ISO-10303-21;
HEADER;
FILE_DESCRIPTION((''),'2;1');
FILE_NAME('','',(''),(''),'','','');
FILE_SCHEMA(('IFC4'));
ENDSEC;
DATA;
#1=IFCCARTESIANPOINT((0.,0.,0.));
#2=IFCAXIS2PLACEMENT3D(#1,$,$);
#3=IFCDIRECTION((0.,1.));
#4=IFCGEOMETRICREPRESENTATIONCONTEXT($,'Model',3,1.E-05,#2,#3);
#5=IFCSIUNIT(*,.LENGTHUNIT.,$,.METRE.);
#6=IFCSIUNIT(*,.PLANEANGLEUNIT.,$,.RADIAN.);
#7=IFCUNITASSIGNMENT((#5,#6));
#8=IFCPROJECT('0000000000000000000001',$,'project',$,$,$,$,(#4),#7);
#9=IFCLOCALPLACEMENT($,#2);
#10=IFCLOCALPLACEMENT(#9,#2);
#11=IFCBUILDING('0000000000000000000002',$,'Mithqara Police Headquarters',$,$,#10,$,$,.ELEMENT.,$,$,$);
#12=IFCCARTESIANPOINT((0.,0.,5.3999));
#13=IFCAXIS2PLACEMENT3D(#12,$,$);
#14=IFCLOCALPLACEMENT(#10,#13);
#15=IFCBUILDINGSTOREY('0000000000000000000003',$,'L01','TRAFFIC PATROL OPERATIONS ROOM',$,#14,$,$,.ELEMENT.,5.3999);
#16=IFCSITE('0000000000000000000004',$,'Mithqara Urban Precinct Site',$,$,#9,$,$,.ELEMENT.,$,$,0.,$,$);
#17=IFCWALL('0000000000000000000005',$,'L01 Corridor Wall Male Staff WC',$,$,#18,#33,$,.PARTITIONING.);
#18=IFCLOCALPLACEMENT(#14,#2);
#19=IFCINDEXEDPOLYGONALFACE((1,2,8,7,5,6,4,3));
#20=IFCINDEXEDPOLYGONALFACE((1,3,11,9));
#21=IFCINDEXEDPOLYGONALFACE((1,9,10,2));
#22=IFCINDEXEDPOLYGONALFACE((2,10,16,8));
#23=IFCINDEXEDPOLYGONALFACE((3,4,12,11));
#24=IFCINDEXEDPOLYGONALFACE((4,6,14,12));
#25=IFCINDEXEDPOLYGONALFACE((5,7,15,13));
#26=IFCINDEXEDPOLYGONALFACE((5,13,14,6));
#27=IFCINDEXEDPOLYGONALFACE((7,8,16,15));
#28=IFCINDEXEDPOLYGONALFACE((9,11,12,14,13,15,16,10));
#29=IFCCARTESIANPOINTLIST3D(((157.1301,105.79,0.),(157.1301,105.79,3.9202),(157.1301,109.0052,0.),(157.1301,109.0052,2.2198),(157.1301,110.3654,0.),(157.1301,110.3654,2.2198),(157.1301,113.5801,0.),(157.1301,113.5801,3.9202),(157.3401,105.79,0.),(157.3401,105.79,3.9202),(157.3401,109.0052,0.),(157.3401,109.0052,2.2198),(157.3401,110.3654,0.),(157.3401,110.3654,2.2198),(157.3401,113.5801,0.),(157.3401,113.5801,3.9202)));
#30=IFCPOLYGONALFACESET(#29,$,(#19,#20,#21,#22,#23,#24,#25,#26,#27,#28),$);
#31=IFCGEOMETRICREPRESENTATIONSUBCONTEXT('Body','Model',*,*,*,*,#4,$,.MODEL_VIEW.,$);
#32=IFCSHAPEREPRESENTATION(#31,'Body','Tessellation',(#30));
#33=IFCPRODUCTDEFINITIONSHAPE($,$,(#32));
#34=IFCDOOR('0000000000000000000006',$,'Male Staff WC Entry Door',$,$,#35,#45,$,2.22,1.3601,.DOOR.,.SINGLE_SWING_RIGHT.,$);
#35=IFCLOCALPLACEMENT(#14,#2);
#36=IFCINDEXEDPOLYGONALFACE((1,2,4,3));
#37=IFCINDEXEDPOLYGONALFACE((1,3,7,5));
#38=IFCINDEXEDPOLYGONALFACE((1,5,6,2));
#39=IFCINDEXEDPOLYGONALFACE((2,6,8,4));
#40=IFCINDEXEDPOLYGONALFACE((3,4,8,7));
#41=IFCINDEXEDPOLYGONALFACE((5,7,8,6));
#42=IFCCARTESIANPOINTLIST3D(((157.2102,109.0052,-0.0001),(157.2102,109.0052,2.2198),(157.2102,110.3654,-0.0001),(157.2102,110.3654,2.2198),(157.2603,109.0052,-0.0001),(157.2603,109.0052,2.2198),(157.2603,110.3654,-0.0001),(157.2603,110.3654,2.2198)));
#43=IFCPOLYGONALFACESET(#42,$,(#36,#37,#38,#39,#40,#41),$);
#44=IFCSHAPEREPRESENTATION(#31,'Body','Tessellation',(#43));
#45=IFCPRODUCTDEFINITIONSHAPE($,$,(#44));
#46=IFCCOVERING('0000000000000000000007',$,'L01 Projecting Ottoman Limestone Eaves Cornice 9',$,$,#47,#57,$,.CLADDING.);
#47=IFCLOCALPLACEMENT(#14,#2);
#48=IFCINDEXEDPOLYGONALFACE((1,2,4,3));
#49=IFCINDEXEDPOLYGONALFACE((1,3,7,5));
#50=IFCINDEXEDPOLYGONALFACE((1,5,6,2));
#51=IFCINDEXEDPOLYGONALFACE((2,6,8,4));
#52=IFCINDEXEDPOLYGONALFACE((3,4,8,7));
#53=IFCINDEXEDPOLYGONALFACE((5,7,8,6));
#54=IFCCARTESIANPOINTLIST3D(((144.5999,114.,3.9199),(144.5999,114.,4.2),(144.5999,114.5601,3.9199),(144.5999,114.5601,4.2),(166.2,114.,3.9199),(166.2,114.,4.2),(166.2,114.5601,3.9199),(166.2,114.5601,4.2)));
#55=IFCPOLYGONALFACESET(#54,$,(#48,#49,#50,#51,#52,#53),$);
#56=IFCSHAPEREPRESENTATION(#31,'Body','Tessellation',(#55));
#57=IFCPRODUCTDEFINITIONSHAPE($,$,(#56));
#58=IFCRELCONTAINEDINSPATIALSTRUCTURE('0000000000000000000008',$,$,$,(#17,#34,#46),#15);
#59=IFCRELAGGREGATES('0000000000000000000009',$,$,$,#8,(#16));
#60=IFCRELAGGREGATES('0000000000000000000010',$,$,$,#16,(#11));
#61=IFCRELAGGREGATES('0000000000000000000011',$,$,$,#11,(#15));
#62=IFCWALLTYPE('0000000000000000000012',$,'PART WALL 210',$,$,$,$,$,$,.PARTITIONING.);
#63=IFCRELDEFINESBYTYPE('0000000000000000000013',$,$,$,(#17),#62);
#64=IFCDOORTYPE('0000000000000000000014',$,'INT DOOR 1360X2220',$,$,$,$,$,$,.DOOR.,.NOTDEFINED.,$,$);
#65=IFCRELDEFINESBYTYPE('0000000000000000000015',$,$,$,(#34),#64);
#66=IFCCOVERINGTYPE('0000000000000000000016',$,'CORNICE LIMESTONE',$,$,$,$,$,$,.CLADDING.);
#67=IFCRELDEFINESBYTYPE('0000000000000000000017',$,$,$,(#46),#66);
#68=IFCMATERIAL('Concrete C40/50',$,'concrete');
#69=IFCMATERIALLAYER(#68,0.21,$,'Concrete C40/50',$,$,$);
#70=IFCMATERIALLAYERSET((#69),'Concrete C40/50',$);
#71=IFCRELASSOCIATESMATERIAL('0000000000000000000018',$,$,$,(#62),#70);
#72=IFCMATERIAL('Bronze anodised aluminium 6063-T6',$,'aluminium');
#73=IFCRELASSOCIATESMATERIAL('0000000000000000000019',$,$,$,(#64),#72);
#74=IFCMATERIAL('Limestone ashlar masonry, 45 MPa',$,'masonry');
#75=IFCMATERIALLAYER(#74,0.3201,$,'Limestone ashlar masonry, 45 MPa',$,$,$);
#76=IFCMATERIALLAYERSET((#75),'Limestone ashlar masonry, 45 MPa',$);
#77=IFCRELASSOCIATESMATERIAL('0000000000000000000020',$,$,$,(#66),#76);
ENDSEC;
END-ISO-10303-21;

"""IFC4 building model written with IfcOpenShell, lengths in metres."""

from ifc_helpers import new_model, si_unit, direction, frame, frame_2d, origin, origin_2d, place, context, subcontext, project, spatial, rectangle, extrude, material, layer, layer_set, type_object, element, fill, save


model = new_model("IFC4")

# Units and contexts
model_context = context("Model", 3, precision=1e-05, world=origin(), true_north=direction((0.0, 1.0)))
body_context = subcontext(model_context, "Body", "Model", "MODEL_VIEW")
ifc_project = project(units=[si_unit("LENGTHUNIT", "METRE"), si_unit("PLANEANGLEUNIT", "RADIAN")], contexts=[model_context])

# Site, building, storey
site_placement = place(None, origin())
site = spatial("IfcSite", under=ifc_project, at=site_placement, Name="Mithqara Urban Precinct Site", CompositionType="ELEMENT", RefElevation=0.0)
building_placement = place(site_placement, origin())
building = spatial("IfcBuilding", under=site, at=building_placement, Name="Mithqara Police Headquarters", CompositionType="ELEMENT")
storey_placement = place(building_placement, frame((0.0, 0.0, 5.3999)))
storey = spatial("IfcBuildingStorey", under=building, at=storey_placement, Name="L01", Description="TRAFFIC PATROL OPERATIONS ROOM", CompositionType="ELEMENT", Elevation=5.3999)

# Shared definitions
ifc_material_1 = material(Name="Concrete C40/50", Category="concrete")

# Shared definitions
ifc_material_2 = material(Name="Bronze anodised aluminium 6063-T6", Category="aluminium")

# Shared definitions
ifc_layer_1 = layer(ifc_material_1, 0.21, Name="Concrete C40/50")
ifc_layer_set_1 = layer_set([ifc_layer_1], Name="Concrete C40/50")
wall_type = type_object("IfcWallType", Name="PART WALL 210", PredefinedType="PARTITIONING", material=ifc_layer_set_1)

# Wall, opening, door
wall_1_placement = place(storey_placement, frame((157.2351, 105.79, 0.0), z_axis=(0.0, 0.0, 1.0), x_axis=(0.0, 1.0, 0.0)))
wall_1 = element("IfcWall", 1, at=wall_1_placement, inside=storey, type_object=wall_type, Name="L01 Corridor Wall Male Staff WC", PredefinedType="PARTITIONING", context=body_context, shape_type="SweptSolid", body=[
    extrude(rectangle(XDim=7.79, YDim=0.21, at=frame_2d((3.895, 0.0))), origin(), (0.0, 0.0, 1.0), 3.9202),
])
opening_1_placement = place(wall_1_placement, frame((3.2151, 0.0, 0.0)))
opening_1 = element("IfcOpeningElement", 2, at=opening_1_placement, cuts=wall_1, PredefinedType="OPENING", context=body_context, shape_type="SweptSolid", body=[
    extrude(rectangle(XDim=1.3601, YDim=2.22, at=frame_2d((0.6802, 1.1099))), frame((0.0, 0.115, 0.0), z_axis=(0.0, -1.0, 0.0), x_axis=(1.0, 0.0, 0.0)), (0.0, 0.0, 1.0), 0.23),
])
door_type_1 = type_object("IfcDoorType", Name="INT DOOR 1360X2220", OperationType="NOTDEFINED", PredefinedType="DOOR", material=ifc_material_2)
door_1_placement = place(opening_1_placement, origin())
door_1 = element("IfcDoor", 3, at=door_1_placement, inside=storey, type_object=door_type_1, Name="Male Staff WC Entry Door", OperationType="SINGLE_SWING_RIGHT", OverallHeight=2.22, OverallWidth=1.3601, PredefinedType="DOOR", context=body_context, shape_type="SweptSolid", body=[
    extrude(rectangle(XDim=1.3601, YDim=2.22, at=frame_2d((0.6802, 1.1099))), frame((0.0, 0.0249, 0.0), z_axis=(0.0, -1.0, 0.0), x_axis=(1.0, 0.0, 0.0)), (0.0, 0.0, 1.0), 0.05),
])
fill(opening_1, door_1)

# Covering
ifc_material_3 = material(Name="Limestone ashlar masonry, 45 MPa", Category="masonry")
ifc_layer_2 = layer(ifc_material_3, 0.3201, Name="Limestone ashlar masonry, 45 MPa")
ifc_layer_set_2 = layer_set([ifc_layer_2], Name="Limestone ashlar masonry, 45 MPa")
covering_type = type_object("IfcCoveringType", Name="CORNICE LIMESTONE", PredefinedType="CLADDING", material=ifc_layer_set_2)
covering_placement = place(storey_placement, frame((155.3999, 114.28, 3.9199), z_axis=(0.0, 0.0, 1.0), x_axis=(1.0, 0.0, 0.0)))
element("IfcCovering", 4, at=covering_placement, inside=storey, type_object=covering_type, Name="L01 Projecting Ottoman Limestone Eaves Cornice 9", PredefinedType="CLADDING", context=body_context, shape_type="SweptSolid", body=[
    extrude(rectangle(XDim=21.6001, YDim=0.5601, at=origin_2d()), origin(), (0.0, 0.0, 1.0), 0.28),
])

save(model, "model.ifc")
